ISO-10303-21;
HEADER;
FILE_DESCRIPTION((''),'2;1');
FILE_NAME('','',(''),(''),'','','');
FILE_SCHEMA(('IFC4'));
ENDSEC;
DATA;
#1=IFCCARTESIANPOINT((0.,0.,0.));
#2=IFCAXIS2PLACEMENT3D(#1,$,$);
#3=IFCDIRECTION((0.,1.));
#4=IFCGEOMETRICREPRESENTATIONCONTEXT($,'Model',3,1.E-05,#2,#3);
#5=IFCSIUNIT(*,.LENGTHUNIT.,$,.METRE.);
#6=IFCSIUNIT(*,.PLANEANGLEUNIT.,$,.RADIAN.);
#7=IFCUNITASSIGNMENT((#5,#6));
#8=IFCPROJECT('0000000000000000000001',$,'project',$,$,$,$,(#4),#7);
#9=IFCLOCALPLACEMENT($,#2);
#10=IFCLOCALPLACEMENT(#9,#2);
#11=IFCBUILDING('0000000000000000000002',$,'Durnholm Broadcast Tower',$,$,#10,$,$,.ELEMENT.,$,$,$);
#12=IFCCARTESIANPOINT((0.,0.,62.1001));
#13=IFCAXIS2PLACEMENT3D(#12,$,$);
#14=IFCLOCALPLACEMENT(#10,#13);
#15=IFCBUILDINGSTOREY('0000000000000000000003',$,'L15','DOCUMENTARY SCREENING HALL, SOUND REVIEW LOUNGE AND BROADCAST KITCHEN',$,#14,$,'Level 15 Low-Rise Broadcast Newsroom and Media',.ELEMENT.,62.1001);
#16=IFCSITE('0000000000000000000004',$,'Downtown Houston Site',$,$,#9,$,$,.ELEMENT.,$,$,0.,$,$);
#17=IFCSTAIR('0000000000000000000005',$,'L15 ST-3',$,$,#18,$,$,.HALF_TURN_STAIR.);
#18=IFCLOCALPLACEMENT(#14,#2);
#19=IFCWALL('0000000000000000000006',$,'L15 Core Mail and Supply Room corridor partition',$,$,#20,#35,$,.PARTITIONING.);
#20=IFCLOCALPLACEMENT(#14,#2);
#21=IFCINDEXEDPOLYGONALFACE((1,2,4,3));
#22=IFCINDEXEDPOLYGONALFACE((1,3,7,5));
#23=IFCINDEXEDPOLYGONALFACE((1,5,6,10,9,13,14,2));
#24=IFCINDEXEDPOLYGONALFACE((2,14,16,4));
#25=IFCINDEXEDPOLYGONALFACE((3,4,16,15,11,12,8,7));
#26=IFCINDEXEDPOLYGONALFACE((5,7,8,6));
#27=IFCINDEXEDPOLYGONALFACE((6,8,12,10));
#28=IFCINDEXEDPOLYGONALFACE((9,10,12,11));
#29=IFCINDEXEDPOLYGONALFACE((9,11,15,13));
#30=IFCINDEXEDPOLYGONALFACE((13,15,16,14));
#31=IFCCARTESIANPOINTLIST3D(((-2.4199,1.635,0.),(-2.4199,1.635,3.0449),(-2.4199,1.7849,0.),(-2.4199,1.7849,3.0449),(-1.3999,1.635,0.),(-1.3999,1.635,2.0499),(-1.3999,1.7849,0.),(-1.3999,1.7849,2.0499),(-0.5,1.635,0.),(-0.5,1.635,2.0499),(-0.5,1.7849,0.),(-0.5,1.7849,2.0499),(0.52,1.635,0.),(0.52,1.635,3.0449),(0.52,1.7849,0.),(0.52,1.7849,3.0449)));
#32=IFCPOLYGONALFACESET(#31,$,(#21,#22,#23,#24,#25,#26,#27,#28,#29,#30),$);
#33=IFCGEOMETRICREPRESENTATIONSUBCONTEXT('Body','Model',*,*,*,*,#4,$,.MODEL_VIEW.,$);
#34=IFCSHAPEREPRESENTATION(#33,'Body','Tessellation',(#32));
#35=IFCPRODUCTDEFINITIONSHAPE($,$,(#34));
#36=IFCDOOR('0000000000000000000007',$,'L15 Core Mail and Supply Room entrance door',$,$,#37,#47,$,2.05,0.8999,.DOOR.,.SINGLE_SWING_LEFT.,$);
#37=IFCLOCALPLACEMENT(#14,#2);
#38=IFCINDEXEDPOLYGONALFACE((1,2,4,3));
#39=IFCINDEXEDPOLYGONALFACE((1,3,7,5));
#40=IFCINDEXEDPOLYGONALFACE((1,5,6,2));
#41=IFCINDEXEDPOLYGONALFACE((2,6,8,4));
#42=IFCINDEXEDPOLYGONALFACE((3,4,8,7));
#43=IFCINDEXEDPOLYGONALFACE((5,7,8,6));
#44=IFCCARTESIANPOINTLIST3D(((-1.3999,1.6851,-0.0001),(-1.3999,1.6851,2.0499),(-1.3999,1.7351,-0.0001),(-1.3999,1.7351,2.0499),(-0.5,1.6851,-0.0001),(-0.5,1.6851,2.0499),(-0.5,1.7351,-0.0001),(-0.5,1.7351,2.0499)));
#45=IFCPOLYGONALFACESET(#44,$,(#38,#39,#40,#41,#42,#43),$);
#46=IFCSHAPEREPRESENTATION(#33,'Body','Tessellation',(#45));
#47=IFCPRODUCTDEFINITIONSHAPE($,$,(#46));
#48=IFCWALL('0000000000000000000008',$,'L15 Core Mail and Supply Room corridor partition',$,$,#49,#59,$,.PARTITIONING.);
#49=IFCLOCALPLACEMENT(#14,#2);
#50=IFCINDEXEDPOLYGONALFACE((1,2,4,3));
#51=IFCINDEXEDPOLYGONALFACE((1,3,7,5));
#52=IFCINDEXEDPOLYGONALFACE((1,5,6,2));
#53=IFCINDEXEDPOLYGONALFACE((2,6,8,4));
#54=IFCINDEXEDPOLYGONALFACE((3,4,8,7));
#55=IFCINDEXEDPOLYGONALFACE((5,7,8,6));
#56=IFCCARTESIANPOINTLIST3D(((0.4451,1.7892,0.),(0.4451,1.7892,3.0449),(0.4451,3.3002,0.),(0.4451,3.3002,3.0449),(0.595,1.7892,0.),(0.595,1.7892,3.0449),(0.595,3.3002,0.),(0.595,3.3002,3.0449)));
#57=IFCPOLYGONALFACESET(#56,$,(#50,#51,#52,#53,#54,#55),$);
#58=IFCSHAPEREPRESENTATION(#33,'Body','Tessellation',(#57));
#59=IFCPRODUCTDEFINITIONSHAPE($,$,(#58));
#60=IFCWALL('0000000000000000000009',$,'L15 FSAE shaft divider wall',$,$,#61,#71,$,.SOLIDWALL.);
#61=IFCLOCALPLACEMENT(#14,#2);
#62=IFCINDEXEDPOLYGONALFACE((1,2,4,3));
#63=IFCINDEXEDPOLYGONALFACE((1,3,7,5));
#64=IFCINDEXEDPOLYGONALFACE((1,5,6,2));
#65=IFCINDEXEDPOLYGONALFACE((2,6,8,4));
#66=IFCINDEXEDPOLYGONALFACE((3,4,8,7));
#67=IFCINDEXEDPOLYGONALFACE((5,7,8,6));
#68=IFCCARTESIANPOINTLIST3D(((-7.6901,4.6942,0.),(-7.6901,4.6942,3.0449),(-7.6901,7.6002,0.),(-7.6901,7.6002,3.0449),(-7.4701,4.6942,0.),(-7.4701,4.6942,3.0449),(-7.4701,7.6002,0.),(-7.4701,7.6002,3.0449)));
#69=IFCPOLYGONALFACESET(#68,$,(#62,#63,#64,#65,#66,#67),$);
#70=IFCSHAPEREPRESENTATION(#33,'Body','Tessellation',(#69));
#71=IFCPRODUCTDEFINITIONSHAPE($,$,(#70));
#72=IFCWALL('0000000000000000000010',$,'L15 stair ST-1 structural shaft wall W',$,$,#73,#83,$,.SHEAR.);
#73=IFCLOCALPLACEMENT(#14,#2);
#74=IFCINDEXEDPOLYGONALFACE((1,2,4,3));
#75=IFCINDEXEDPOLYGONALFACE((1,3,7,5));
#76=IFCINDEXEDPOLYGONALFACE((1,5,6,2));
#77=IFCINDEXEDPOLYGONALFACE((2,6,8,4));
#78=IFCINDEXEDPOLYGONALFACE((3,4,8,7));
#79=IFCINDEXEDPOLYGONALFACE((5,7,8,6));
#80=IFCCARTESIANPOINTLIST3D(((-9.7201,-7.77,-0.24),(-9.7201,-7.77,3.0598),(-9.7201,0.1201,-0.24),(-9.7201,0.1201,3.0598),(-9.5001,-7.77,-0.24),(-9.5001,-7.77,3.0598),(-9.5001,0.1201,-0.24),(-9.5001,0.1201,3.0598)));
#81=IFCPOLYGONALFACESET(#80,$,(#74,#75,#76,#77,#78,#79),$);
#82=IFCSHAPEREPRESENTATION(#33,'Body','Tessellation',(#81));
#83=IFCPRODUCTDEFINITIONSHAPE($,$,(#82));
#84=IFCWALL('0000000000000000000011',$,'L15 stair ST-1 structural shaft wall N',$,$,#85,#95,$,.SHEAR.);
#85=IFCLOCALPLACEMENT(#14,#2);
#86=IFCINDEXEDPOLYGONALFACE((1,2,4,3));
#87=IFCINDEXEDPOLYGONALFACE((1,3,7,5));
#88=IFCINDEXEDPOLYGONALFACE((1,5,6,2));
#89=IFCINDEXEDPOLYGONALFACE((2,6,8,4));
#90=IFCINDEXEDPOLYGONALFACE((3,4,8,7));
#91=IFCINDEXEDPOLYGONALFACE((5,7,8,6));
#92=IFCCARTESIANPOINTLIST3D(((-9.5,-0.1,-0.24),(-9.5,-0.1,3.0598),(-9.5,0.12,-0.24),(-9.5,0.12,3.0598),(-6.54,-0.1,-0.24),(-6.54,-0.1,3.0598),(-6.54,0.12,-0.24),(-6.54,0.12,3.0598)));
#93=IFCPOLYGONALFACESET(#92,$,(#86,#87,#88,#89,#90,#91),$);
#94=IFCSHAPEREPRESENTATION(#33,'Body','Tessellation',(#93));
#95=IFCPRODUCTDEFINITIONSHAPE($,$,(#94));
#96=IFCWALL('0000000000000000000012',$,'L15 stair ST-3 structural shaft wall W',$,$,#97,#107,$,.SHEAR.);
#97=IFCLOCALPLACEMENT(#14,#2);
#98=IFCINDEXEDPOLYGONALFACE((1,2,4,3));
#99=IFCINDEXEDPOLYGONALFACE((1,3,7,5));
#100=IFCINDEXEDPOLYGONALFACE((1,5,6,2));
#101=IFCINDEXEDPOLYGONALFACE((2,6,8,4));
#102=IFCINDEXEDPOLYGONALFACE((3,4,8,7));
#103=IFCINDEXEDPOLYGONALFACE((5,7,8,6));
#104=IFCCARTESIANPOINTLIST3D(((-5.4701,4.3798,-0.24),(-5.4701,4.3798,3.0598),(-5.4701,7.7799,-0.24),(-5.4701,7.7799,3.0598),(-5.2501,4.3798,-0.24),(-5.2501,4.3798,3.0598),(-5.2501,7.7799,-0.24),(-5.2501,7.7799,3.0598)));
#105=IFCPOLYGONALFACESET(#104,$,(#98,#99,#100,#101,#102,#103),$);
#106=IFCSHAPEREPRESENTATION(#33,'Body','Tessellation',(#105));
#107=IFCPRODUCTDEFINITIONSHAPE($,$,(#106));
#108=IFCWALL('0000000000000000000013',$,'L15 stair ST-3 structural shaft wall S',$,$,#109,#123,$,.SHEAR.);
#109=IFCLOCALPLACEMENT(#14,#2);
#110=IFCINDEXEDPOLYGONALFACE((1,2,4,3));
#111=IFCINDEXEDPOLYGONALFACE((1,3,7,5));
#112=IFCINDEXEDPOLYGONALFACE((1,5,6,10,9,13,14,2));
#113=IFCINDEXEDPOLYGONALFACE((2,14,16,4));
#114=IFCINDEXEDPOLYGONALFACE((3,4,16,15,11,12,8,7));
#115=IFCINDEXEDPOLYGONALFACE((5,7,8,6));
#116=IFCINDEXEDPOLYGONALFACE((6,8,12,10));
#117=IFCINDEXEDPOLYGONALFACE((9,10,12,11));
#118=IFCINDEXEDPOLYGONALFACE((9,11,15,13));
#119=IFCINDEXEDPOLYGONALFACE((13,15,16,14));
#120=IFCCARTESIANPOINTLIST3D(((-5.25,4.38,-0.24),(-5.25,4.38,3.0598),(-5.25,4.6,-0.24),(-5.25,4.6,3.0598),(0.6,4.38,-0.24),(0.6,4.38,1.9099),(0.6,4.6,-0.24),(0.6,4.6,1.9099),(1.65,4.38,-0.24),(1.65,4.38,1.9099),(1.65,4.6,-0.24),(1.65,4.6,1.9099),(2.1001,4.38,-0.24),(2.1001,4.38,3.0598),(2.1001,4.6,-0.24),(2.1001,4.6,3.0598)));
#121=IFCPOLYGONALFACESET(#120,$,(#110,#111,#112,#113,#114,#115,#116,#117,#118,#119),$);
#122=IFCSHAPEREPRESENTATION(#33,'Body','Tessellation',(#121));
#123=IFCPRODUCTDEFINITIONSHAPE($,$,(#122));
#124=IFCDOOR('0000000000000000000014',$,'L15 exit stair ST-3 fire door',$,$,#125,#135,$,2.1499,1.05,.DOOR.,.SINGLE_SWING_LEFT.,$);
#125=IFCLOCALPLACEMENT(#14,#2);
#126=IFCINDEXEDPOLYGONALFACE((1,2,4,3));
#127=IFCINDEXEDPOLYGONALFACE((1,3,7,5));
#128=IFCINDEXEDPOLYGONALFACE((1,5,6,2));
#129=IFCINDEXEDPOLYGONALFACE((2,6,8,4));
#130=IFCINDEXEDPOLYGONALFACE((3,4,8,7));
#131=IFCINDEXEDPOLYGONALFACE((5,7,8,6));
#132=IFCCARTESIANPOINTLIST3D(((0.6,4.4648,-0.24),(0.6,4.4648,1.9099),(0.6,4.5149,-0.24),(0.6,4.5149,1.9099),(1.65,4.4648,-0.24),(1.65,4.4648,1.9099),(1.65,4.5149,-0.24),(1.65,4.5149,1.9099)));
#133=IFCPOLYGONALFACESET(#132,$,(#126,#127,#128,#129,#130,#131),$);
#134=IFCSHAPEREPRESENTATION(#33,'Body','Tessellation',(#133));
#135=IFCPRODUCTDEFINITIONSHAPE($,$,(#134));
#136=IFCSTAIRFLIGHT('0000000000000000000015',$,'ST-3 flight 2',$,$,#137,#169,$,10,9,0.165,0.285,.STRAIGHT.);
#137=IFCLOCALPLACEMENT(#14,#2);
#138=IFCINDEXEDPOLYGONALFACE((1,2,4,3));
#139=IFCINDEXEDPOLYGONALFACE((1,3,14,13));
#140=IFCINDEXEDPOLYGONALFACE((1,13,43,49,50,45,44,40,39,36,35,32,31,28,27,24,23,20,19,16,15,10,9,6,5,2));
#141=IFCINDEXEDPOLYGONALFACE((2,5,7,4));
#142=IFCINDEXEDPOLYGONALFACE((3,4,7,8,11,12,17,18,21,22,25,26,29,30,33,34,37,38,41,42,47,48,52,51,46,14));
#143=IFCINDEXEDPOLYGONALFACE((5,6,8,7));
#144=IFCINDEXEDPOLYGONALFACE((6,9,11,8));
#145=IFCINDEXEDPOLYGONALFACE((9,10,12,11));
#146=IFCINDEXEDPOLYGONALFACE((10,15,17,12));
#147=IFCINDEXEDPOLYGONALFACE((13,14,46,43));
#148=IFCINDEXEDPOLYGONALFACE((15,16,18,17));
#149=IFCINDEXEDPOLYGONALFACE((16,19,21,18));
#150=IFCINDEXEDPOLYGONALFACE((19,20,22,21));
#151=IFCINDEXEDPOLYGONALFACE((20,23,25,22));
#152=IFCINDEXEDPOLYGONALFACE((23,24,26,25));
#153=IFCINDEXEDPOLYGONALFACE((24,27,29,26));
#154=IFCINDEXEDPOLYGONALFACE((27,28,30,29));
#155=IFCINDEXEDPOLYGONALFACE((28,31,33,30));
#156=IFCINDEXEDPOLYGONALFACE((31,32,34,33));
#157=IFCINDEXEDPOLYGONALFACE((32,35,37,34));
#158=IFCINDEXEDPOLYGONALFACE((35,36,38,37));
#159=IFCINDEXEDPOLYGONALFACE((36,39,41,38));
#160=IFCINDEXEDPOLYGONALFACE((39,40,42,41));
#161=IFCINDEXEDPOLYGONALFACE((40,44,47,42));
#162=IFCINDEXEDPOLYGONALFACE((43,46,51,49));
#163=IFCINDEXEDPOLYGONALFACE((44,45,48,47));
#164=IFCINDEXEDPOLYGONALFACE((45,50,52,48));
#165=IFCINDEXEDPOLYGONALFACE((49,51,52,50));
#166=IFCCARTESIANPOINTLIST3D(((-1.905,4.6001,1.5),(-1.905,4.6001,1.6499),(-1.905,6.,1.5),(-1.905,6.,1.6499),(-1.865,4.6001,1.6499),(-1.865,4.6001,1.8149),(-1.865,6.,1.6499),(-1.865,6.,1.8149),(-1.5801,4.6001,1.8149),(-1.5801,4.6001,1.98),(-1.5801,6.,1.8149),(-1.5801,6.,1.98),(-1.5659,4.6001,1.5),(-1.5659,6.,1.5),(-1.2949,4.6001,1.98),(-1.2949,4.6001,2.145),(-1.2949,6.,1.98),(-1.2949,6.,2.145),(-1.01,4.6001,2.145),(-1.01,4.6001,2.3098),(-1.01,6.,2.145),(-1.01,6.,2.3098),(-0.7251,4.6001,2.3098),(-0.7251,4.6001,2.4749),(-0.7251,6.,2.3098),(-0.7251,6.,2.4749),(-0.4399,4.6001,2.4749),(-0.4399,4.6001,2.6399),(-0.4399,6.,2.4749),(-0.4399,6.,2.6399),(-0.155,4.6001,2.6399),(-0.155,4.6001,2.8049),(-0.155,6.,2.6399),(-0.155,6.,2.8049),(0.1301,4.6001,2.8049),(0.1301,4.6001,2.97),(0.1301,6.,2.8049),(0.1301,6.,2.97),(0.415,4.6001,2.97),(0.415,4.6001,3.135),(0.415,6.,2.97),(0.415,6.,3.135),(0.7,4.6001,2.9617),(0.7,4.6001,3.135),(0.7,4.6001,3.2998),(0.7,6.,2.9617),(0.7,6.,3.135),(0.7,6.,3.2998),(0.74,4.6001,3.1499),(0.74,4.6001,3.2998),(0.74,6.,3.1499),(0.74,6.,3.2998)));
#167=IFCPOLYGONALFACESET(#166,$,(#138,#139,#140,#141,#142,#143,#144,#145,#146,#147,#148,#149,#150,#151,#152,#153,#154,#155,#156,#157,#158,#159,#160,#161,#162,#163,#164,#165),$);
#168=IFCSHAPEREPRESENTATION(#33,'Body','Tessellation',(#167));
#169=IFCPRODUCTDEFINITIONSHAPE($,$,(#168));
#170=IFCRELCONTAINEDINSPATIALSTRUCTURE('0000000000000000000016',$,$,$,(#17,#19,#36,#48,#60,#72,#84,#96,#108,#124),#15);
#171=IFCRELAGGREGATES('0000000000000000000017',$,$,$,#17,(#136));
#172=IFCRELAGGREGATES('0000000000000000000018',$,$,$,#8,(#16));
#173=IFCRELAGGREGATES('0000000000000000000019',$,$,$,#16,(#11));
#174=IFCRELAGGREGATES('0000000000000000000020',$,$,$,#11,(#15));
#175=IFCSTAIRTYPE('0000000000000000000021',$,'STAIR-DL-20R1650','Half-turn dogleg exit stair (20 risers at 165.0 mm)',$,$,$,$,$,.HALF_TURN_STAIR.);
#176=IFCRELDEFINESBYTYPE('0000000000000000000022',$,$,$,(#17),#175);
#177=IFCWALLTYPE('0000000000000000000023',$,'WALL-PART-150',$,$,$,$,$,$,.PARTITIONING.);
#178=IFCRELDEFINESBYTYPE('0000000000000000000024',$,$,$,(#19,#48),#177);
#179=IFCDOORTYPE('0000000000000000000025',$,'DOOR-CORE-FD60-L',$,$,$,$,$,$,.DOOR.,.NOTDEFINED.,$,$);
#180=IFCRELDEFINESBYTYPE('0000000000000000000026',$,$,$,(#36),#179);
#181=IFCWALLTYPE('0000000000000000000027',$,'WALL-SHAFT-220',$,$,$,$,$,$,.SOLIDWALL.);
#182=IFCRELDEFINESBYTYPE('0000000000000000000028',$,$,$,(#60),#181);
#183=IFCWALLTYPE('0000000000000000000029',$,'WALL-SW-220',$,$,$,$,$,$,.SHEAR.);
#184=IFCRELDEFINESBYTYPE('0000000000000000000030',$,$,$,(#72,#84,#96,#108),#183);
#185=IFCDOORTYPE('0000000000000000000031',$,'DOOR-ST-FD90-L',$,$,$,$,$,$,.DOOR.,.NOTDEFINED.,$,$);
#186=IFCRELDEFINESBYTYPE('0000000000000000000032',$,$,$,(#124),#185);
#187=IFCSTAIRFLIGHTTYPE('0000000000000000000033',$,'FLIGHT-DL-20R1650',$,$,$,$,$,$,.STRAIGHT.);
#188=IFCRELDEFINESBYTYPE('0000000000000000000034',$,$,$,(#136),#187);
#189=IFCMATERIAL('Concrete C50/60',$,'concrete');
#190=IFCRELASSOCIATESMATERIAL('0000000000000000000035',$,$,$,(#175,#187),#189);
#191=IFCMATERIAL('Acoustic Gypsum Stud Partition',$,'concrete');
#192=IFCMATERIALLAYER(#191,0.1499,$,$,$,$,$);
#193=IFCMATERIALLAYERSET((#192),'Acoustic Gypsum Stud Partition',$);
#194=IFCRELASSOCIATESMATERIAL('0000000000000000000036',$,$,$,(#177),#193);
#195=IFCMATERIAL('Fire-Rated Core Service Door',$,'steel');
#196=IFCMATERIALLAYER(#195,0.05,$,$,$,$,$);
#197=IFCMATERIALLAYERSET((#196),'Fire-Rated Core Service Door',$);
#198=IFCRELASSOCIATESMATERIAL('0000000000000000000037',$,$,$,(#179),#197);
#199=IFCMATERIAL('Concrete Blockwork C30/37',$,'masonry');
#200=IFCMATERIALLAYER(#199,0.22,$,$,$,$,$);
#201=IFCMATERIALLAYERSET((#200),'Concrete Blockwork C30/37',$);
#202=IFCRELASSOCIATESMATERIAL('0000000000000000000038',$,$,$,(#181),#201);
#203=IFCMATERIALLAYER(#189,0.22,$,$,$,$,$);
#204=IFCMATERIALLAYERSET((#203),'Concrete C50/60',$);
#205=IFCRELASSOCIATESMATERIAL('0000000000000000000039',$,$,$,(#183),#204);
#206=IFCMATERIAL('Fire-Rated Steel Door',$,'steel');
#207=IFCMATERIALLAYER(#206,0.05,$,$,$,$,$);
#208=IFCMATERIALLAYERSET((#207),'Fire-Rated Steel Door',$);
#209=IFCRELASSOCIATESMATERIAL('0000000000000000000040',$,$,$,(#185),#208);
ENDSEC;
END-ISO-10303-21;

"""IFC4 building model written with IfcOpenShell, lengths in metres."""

from ifc_helpers import new_model, si_unit, direction, frame, frame_2d, origin, place, context, subcontext, project, spatial, polyline, rectangle, outline, extrude, source, transform, mapped, material, layer, layer_set, type_object, type_shapes, element, fill, aggregate, save


model = new_model("IFC4")

# Units and contexts
model_context = context("Model", 3, precision=1e-05, world=origin(), true_north=direction((0.0, 1.0)))
body_context = subcontext(model_context, "Body", "Model", "MODEL_VIEW")
ifc_project = project(units=[si_unit("LENGTHUNIT", "METRE"), si_unit("PLANEANGLEUNIT", "RADIAN")], contexts=[model_context])

# Site, building, storey
site_placement = place(None, origin())
site = spatial("IfcSite", under=ifc_project, at=site_placement, Name="Downtown Houston Site", CompositionType="ELEMENT", RefElevation=0.0)
building_placement = place(site_placement, origin())
building = spatial("IfcBuilding", under=site, at=building_placement, Name="Durnholm Broadcast Tower", CompositionType="ELEMENT")
storey_placement = place(building_placement, frame((0.0, 0.0, 62.1001)))
storey = spatial("IfcBuildingStorey", under=building, at=storey_placement, Name="L15", Description="DOCUMENTARY SCREENING HALL, SOUND REVIEW LOUNGE AND BROADCAST KITCHEN", LongName="Level 15 Low-Rise Broadcast Newsroom and Media", CompositionType="ELEMENT", Elevation=62.1001)

# Stair
ifc_material_1 = material(Name="Concrete C50/60", Category="concrete")
stair_type = type_object("IfcStairType", Name="STAIR-DL-20R1650", Description="Half-turn dogleg exit stair (20 risers at 165.0 mm)", PredefinedType="HALF_TURN_STAIR", material=ifc_material_1)
stair_placement = place(storey_placement, origin())
stair = element("IfcStair", 1, at=stair_placement, inside=storey, type_object=stair_type, Name="L15 ST-3", PredefinedType="HALF_TURN_STAIR")

# Wall, opening, door
ifc_material_2 = material(Name="Acoustic Gypsum Stud Partition", Category="concrete")
ifc_layer_1 = layer(ifc_material_2, 0.1499)
ifc_layer_set_1 = layer_set([ifc_layer_1], Name="Acoustic Gypsum Stud Partition")
wall_type_1 = type_object("IfcWallType", Name="WALL-PART-150", PredefinedType="PARTITIONING", material=ifc_layer_set_1)
ifc_material_3 = material(Name="Fire-Rated Core Service Door", Category="steel")
wall_1_placement = place(storey_placement, frame((0.52, 1.71, 0.0), z_axis=(0.0, 0.0, 1.0), x_axis=(-1.0, 0.0, 0.0)))
wall_1 = element("IfcWall", 2, at=wall_1_placement, inside=storey, type_object=wall_type_1, Name="L15 Core Mail and Supply Room corridor partition", PredefinedType="PARTITIONING", context=body_context, shape_type="SweptSolid", body=[
    extrude(rectangle(XDim=2.9399, YDim=0.1499, at=frame_2d((1.47, 0.0))), origin(), (0.0, 0.0, 1.0), 3.0449),
])
opening_1_placement = place(wall_1_placement, frame((1.02, 0.0, 0.0)))
opening_1 = element("IfcOpeningElement", 3, at=opening_1_placement, cuts=wall_1, PredefinedType="OPENING", context=body_context, shape_type="SweptSolid", body=[
    extrude(rectangle(XDim=0.8999, YDim=2.05, at=frame_2d((0.45, 1.0249))), frame((0.0, 0.085, 0.0), z_axis=(0.0, -1.0, 0.0), x_axis=(1.0, 0.0, 0.0)), (0.0, 0.0, 1.0), 0.1699),
])
ifc_layer_2 = layer(ifc_material_3, 0.05)
ifc_layer_set_2 = layer_set([ifc_layer_2], Name="Fire-Rated Core Service Door")
door_type_1 = type_object("IfcDoorType", Name="DOOR-CORE-FD60-L", OperationType="NOTDEFINED", PredefinedType="DOOR", material=ifc_layer_set_2)
shared_shape_1 = source(origin(), body_context, "Body", "SweptSolid", [
    extrude(rectangle(XDim=0.8999, YDim=2.05, at=frame_2d((0.45, 1.0249))), frame((0.0, 0.0249, 0.0), z_axis=(0.0, -1.0, 0.0), x_axis=(1.0, 0.0, 0.0)), (0.0, 0.0, 1.0), 0.05),
])
type_shapes(door_type_1, [shared_shape_1])
door_1_placement = place(opening_1_placement, origin())
door_1 = element("IfcDoor", 4, at=door_1_placement, inside=storey, type_object=door_type_1, Name="L15 Core Mail and Supply Room entrance door", OperationType="SINGLE_SWING_LEFT", OverallHeight=2.05, OverallWidth=0.8999, PredefinedType="DOOR", context=body_context, shape_type="MappedRepresentation", body=[
    mapped(shared_shape_1, transform((0.0, 0.0, 0.0), x_axis=(1.0, 0.0, 0.0), y_axis=(0.0, 1.0, 0.0), z_axis=(0.0, 0.0, 1.0), scale=1.0)),
])
fill(opening_1, door_1)

# Wall
wall_2_placement = place(storey_placement, frame((0.52, 3.3, 0.0), z_axis=(0.0, 0.0, 1.0), x_axis=(0.0, -1.0, 0.0)))
element("IfcWall", 5, at=wall_2_placement, inside=storey, type_object=wall_type_1, Name="L15 Core Mail and Supply Room corridor partition", PredefinedType="PARTITIONING", context=body_context, shape_type="SweptSolid", body=[
    extrude(rectangle(XDim=1.511, YDim=0.1499, at=frame_2d((0.7554, 0.0))), origin(), (0.0, 0.0, 1.0), 3.0449),
])

# Shared definitions
ifc_material_4 = material(Name="Concrete Blockwork C30/37", Category="masonry")
ifc_layer_3 = layer(ifc_material_4, 0.22)
ifc_layer_set_3 = layer_set([ifc_layer_3], Name="Concrete Blockwork C30/37")
wall_type_2 = type_object("IfcWallType", Name="WALL-SHAFT-220", PredefinedType="SOLIDWALL", material=ifc_layer_set_3)

# Walls
wall_3_placement = place(storey_placement, frame((-7.5801, 4.6941, 0.0), z_axis=(0.0, 0.0, 1.0), x_axis=(0.0, 1.0, 0.0)))
element("IfcWall", 6, at=wall_3_placement, inside=storey, type_object=wall_type_2, Name="L15 FSAE shaft divider wall", PredefinedType="SOLIDWALL", context=body_context, shape_type="SweptSolid", body=[
    extrude(rectangle(XDim=2.906, YDim=0.22, at=frame_2d((1.4531, 0.0))), origin(), (0.0, 0.0, 1.0), 3.0449),
])
ifc_layer_4 = layer(ifc_material_1, 0.22)
ifc_layer_set_4 = layer_set([ifc_layer_4], Name="Concrete C50/60")
wall_type_3 = type_object("IfcWallType", Name="WALL-SW-220", PredefinedType="SHEAR", material=ifc_layer_set_4)
wall_4_placement = place(storey_placement, frame((-9.6101, 0.1201, -0.24), z_axis=(0.0, 0.0, 1.0), x_axis=(0.0, -1.0, 0.0)))
element("IfcWall", 7, at=wall_4_placement, inside=storey, type_object=wall_type_3, Name="L15 stair ST-1 structural shaft wall W", PredefinedType="SHEAR", context=body_context, shape_type="SweptSolid", body=[
    extrude(rectangle(XDim=7.8901, YDim=0.22, at=frame_2d((3.9451, 0.0))), origin(), (0.0, 0.0, 1.0), 3.2998),
])
wall_5_placement = place(storey_placement, frame((-6.54, 0.01, -0.24), z_axis=(0.0, 0.0, 1.0), x_axis=(-1.0, 0.0, 0.0)))
element("IfcWall", 8, at=wall_5_placement, inside=storey, type_object=wall_type_3, Name="L15 stair ST-1 structural shaft wall N", PredefinedType="SHEAR", context=body_context, shape_type="SweptSolid", body=[
    extrude(rectangle(XDim=2.96, YDim=0.22, at=frame_2d((1.48, 0.0))), origin(), (0.0, 0.0, 1.0), 3.2998),
])
wall_6_placement = place(storey_placement, frame((-5.3601, 7.78, -0.24), z_axis=(0.0, 0.0, 1.0), x_axis=(0.0, -1.0, 0.0)))
element("IfcWall", 9, at=wall_6_placement, inside=storey, type_object=wall_type_3, Name="L15 stair ST-3 structural shaft wall W", PredefinedType="SHEAR", context=body_context, shape_type="SweptSolid", body=[
    extrude(rectangle(XDim=3.4001, YDim=0.22, at=frame_2d((1.7002, 0.0))), origin(), (0.0, 0.0, 1.0), 3.2998),
])

# Wall, opening, door
wall_7_placement = place(storey_placement, frame((-5.25, 4.49, -0.24), z_axis=(0.0, 0.0, 1.0), x_axis=(1.0, 0.0, 0.0)))
wall_7 = element("IfcWall", 10, at=wall_7_placement, inside=storey, type_object=wall_type_3, Name="L15 stair ST-3 structural shaft wall S", PredefinedType="SHEAR", context=body_context, shape_type="SweptSolid", body=[
    extrude(rectangle(XDim=7.3501, YDim=0.22, at=frame_2d((3.675, 0.0))), origin(), (0.0, 0.0, 1.0), 3.2998),
])
opening_2_placement = place(wall_7_placement, frame((5.8501, 0.0, 0.0)))
opening_2 = element("IfcOpeningElement", 11, at=opening_2_placement, cuts=wall_7, PredefinedType="OPENING", context=body_context, shape_type="SweptSolid", body=[
    extrude(rectangle(XDim=1.05, YDim=2.1499, at=frame_2d((0.5249, 1.075))), frame((0.0, 0.1201, 0.0), z_axis=(0.0, -1.0, 0.0), x_axis=(1.0, 0.0, 0.0)), (0.0, 0.0, 1.0), 0.24),
])
ifc_material_5 = material(Name="Fire-Rated Steel Door", Category="steel")
ifc_layer_5 = layer(ifc_material_5, 0.05)
ifc_layer_set_5 = layer_set([ifc_layer_5], Name="Fire-Rated Steel Door")
door_type_2 = type_object("IfcDoorType", Name="DOOR-ST-FD90-L", OperationType="NOTDEFINED", PredefinedType="DOOR", material=ifc_layer_set_5)
shared_shape_2 = source(origin(), body_context, "Body", "SweptSolid", [
    extrude(rectangle(XDim=1.05, YDim=2.1499, at=frame_2d((0.5249, 1.075))), frame((0.0, 0.0249, 0.0), z_axis=(0.0, -1.0, 0.0), x_axis=(1.0, 0.0, 0.0)), (0.0, 0.0, 1.0), 0.05),
])
type_shapes(door_type_2, [shared_shape_2])
door_2_placement = place(opening_2_placement, origin())
door_2 = element("IfcDoor", 12, at=door_2_placement, inside=storey, type_object=door_type_2, Name="L15 exit stair ST-3 fire door", OperationType="SINGLE_SWING_LEFT", OverallHeight=2.1499, OverallWidth=1.05, PredefinedType="DOOR", context=body_context, shape_type="MappedRepresentation", body=[
    mapped(shared_shape_2, transform((0.0, 0.0, 0.0), x_axis=(1.0, 0.0, 0.0), y_axis=(0.0, 1.0, 0.0), z_axis=(0.0, 0.0, 1.0), scale=1.0)),
])
fill(opening_2, door_2)

# Stair flight
stair_flight_type = type_object("IfcStairFlightType", Name="FLIGHT-DL-20R1650", PredefinedType="STRAIGHT", material=ifc_material_1)
stair_flight_placement = place(storey_placement, frame((-1.865, 5.3, 1.6499), z_axis=(0.0, 0.0, 1.0), x_axis=(1.0, 0.0, 0.0)))
stair_flight = element("IfcStairFlight", 13, at=stair_flight_placement, type_object=stair_flight_type, Name="ST-3 flight 2", NumberOfRisers=10, NumberOfTreads=9, PredefinedType="STRAIGHT", RiserHeight=0.165, TreadLength=0.285, context=body_context, shape_type="SweptSolid", body=[
    extrude(outline(polyline([(-0.04, -0.1499), (-0.04, 0.0), (0.0, 0.0), (0.0, 0.165), (0.2849, 0.165), (0.2849, 0.3301), (0.5701, 0.3301), (0.5701, 0.4951), (0.855, 0.4951), (0.855, 0.6599), (1.1399, 0.6599), (1.1399, 0.825), (1.425, 0.825), (1.425, 0.99), (1.71, 0.99), (1.71, 1.155), (1.9951, 1.155), (1.9951, 1.3201), (2.28, 1.3201), (2.28, 1.4851), (2.5649, 1.4851), (2.5649, 1.6499), (2.605, 1.6499), (2.605, 1.5), (2.5649, 1.3118), (0.2991, -0.1499), (-0.04, -0.1499)])), frame((0.0, 0.7, 0.0), z_axis=(0.0, -1.0, 0.0), x_axis=(1.0, 0.0, 0.0)), (0.0, 0.0, 1.0), 1.3999),
])
aggregate(stair, [stair_flight])

save(model, "model.ifc")
